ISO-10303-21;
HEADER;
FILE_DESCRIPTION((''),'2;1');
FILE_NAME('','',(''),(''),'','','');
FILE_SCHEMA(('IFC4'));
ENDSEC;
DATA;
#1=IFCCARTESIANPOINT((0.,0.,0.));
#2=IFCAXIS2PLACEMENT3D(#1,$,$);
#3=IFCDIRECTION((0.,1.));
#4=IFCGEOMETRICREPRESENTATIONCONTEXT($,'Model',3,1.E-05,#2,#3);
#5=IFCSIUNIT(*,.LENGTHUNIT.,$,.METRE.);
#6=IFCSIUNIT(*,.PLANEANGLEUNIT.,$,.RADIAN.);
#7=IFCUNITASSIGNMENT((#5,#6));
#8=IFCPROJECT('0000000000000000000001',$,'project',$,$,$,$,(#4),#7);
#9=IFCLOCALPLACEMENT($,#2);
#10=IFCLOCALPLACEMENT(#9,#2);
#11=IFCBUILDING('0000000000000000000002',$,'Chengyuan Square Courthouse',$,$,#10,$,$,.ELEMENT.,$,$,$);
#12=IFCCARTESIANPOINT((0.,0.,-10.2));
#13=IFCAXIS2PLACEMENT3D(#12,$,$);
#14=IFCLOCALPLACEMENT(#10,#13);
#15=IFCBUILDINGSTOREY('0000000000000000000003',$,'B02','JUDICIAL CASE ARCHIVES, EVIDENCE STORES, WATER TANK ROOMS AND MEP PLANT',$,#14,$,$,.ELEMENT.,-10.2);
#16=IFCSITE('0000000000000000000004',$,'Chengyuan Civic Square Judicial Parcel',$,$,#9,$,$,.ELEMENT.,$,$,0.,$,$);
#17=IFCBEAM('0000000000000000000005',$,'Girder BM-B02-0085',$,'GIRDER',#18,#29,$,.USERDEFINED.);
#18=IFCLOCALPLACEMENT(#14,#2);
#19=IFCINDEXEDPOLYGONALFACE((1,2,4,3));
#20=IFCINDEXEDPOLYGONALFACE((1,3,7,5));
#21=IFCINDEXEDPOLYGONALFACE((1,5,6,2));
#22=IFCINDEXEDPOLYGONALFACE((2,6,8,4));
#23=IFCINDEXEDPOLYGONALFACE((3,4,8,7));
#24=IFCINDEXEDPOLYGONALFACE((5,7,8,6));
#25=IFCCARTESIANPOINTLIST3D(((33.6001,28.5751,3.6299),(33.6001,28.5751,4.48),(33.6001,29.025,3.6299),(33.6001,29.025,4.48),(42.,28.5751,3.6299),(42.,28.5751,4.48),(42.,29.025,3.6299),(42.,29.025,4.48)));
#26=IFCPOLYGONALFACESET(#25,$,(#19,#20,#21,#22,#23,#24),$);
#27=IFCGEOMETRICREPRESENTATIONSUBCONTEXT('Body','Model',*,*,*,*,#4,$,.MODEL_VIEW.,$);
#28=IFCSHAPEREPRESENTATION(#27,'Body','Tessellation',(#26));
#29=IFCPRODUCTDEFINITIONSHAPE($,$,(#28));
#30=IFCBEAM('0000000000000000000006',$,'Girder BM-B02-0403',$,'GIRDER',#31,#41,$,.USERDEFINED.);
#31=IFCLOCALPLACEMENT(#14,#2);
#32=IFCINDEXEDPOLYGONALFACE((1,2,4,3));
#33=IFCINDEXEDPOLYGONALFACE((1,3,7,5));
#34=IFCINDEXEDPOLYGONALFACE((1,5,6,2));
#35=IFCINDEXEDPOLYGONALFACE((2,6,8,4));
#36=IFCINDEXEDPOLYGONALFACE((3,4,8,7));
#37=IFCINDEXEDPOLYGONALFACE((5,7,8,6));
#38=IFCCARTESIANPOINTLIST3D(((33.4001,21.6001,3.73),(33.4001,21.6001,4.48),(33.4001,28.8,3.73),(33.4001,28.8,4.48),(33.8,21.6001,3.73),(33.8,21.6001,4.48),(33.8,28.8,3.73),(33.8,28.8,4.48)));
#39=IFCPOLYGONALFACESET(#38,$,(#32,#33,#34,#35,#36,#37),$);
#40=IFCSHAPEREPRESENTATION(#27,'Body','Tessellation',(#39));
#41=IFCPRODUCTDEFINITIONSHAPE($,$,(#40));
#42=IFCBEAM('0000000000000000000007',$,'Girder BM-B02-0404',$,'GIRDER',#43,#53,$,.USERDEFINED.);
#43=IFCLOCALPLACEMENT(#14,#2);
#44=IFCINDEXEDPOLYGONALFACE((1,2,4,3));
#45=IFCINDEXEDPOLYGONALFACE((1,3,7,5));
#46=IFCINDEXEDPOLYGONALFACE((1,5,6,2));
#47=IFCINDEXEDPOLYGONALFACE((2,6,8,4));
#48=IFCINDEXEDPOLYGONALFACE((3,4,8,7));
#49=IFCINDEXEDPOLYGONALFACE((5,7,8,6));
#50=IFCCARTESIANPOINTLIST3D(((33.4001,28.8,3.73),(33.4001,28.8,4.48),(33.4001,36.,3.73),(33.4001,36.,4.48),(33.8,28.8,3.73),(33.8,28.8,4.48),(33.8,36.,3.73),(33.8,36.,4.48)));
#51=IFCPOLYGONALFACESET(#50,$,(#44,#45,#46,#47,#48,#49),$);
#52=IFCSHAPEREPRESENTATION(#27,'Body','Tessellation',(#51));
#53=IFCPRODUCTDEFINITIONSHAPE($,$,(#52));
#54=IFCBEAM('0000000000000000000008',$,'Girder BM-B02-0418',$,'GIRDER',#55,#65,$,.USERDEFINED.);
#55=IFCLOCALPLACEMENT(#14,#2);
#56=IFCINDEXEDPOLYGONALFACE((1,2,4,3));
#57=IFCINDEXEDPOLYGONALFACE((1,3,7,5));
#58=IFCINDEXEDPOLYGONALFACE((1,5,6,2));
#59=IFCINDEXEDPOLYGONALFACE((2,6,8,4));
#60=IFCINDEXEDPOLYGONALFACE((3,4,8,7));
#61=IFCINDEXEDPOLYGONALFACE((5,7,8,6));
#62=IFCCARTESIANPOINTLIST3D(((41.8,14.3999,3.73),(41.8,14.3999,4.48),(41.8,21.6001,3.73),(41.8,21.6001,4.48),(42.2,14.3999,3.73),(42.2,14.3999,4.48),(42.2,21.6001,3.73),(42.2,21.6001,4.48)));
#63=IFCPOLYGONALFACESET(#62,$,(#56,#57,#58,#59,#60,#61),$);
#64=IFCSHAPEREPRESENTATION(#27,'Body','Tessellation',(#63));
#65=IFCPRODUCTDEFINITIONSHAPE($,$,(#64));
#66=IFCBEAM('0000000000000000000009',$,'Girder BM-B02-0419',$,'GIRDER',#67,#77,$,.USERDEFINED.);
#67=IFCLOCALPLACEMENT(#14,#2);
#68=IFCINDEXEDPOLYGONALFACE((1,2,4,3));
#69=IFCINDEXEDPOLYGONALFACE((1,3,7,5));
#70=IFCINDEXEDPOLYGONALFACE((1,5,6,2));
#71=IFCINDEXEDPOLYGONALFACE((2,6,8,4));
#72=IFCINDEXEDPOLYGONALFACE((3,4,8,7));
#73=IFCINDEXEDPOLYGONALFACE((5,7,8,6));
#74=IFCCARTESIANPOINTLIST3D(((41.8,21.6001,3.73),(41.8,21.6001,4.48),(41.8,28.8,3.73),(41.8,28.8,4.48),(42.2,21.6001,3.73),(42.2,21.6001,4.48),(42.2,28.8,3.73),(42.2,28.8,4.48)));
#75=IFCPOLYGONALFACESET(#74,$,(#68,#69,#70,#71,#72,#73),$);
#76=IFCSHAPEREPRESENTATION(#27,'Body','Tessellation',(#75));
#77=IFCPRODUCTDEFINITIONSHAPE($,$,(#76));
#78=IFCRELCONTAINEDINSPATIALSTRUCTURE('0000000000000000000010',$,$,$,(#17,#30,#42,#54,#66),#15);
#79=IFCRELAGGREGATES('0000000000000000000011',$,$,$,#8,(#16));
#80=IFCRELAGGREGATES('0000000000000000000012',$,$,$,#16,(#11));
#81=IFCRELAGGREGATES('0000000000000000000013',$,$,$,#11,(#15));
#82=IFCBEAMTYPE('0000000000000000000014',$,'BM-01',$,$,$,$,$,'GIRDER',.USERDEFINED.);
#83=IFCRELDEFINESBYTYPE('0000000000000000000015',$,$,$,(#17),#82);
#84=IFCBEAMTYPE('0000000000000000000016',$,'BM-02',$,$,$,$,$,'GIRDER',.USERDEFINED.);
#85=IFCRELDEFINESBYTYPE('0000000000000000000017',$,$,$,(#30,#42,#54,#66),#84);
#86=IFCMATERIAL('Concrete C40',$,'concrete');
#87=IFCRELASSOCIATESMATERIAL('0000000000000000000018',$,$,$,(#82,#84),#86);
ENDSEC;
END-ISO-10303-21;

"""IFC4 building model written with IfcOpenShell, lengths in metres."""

from ifc_helpers import new_model, si_unit, direction, frame, origin, origin_2d, place, context, subcontext, project, spatial, rectangle, extrude, material, material_profile, profile_set, type_object, element, save


model = new_model("IFC4")

# Units and contexts
model_context = context("Model", 3, precision=1e-05, world=origin(), true_north=direction((0.0, 1.0)))
body_context = subcontext(model_context, "Body", "Model", "MODEL_VIEW")
ifc_project = project(units=[si_unit("LENGTHUNIT", "METRE"), si_unit("PLANEANGLEUNIT", "RADIAN")], contexts=[model_context])

# Site, building, storey
site_placement = place(None, origin())
site = spatial("IfcSite", under=ifc_project, at=site_placement, Name="Chengyuan Civic Square Judicial Parcel", CompositionType="ELEMENT", RefElevation=0.0)
building_placement = place(site_placement, origin())
building = spatial("IfcBuilding", under=site, at=building_placement, Name="Chengyuan Square Courthouse", CompositionType="ELEMENT")
storey_placement = place(building_placement, frame((0.0, 0.0, -10.2)))
storey = spatial("IfcBuildingStorey", under=building, at=storey_placement, Name="B02", Description="JUDICIAL CASE ARCHIVES, EVIDENCE STORES, WATER TANK ROOMS AND MEP PLANT", CompositionType="ELEMENT", Elevation=-10.2)

# Shared definitions
ifc_material_1 = material(Name="Concrete C40", Category="concrete")

# Beams
ifc_material_profile_1 = material_profile(ifc_material_1, rectangle(XDim=0.45, YDim=0.8501, at=origin_2d()), Name="RC-BM-450x850")
ifc_profile_set_1 = profile_set([ifc_material_profile_1], Name="Concrete C40")
beam_type_1 = type_object("IfcBeamType", Name="BM-01", ElementType="GIRDER", PredefinedType="USERDEFINED", material=ifc_profile_set_1)
for number, where, z_axis, x_axis, name in (
    (1, (33.6001, 28.8, 4.0549), (1.0, 0.0, 0.0), (0.0, 1.0, 0.0), "Girder BM-B02-0085"),
):
    element("IfcBeam", number, at=place(storey_placement, frame(where, z_axis=z_axis, x_axis=x_axis)), inside=storey, type_object=beam_type_1, Name=name, ObjectType="GIRDER", PredefinedType="USERDEFINED", context=body_context, shape_type="SweptSolid", body=[
        extrude(rectangle(XDim=0.45, YDim=0.8501, at=origin_2d()), origin(), (0.0, 0.0, 1.0), 8.3999),
    ])
ifc_material_profile_2 = material_profile(ifc_material_1, rectangle(XDim=0.3999, YDim=0.75, at=origin_2d()), Name="RC-BM-400x750")
ifc_profile_set_2 = profile_set([ifc_material_profile_2], Name="Concrete C40")
beam_type_2 = type_object("IfcBeamType", Name="BM-02", ElementType="GIRDER", PredefinedType="USERDEFINED", material=ifc_profile_set_2)
for number, where, z_axis, x_axis, name in (
    (2, (33.6001, 21.6001, 4.105), (0.0, 1.0, 0.0), (-1.0, 0.0, 0.0), "Girder BM-B02-0403"),
    (3, (33.6001, 28.8, 4.105), (0.0, 1.0, 0.0), (-1.0, 0.0, 0.0), "Girder BM-B02-0404"),
):
    element("IfcBeam", number, at=place(storey_placement, frame(where, z_axis=z_axis, x_axis=x_axis)), inside=storey, type_object=beam_type_2, Name=name, ObjectType="GIRDER", PredefinedType="USERDEFINED", context=body_context, shape_type="SweptSolid", body=[
        extrude(rectangle(XDim=0.3999, YDim=0.75, at=origin_2d()), origin(), (0.0, 0.0, 1.0), 7.2),
    ])
beam_1_placement = place(storey_placement, frame((42.0, 14.3999, 4.105), z_axis=(0.0, 1.0, 0.0), x_axis=(-1.0, 0.0, 0.0)))
element("IfcBeam", 4, at=beam_1_placement, inside=storey, type_object=beam_type_2, Name="Girder BM-B02-0418", ObjectType="GIRDER", PredefinedType="USERDEFINED", context=body_context, shape_type="SweptSolid", body=[
    extrude(rectangle(XDim=0.3999, YDim=0.75, at=origin_2d()), origin(), (0.0, 0.0, 1.0), 7.2002),
])
beam_2_placement = place(storey_placement, frame((42.0, 21.6001, 4.105), z_axis=(0.0, 1.0, 0.0), x_axis=(-1.0, 0.0, 0.0)))
element("IfcBeam", 5, at=beam_2_placement, inside=storey, type_object=beam_type_2, Name="Girder BM-B02-0419", ObjectType="GIRDER", PredefinedType="USERDEFINED", context=body_context, shape_type="SweptSolid", body=[
    extrude(rectangle(XDim=0.3999, YDim=0.75, at=origin_2d()), origin(), (0.0, 0.0, 1.0), 7.2),
])

save(model, "model.ifc")
